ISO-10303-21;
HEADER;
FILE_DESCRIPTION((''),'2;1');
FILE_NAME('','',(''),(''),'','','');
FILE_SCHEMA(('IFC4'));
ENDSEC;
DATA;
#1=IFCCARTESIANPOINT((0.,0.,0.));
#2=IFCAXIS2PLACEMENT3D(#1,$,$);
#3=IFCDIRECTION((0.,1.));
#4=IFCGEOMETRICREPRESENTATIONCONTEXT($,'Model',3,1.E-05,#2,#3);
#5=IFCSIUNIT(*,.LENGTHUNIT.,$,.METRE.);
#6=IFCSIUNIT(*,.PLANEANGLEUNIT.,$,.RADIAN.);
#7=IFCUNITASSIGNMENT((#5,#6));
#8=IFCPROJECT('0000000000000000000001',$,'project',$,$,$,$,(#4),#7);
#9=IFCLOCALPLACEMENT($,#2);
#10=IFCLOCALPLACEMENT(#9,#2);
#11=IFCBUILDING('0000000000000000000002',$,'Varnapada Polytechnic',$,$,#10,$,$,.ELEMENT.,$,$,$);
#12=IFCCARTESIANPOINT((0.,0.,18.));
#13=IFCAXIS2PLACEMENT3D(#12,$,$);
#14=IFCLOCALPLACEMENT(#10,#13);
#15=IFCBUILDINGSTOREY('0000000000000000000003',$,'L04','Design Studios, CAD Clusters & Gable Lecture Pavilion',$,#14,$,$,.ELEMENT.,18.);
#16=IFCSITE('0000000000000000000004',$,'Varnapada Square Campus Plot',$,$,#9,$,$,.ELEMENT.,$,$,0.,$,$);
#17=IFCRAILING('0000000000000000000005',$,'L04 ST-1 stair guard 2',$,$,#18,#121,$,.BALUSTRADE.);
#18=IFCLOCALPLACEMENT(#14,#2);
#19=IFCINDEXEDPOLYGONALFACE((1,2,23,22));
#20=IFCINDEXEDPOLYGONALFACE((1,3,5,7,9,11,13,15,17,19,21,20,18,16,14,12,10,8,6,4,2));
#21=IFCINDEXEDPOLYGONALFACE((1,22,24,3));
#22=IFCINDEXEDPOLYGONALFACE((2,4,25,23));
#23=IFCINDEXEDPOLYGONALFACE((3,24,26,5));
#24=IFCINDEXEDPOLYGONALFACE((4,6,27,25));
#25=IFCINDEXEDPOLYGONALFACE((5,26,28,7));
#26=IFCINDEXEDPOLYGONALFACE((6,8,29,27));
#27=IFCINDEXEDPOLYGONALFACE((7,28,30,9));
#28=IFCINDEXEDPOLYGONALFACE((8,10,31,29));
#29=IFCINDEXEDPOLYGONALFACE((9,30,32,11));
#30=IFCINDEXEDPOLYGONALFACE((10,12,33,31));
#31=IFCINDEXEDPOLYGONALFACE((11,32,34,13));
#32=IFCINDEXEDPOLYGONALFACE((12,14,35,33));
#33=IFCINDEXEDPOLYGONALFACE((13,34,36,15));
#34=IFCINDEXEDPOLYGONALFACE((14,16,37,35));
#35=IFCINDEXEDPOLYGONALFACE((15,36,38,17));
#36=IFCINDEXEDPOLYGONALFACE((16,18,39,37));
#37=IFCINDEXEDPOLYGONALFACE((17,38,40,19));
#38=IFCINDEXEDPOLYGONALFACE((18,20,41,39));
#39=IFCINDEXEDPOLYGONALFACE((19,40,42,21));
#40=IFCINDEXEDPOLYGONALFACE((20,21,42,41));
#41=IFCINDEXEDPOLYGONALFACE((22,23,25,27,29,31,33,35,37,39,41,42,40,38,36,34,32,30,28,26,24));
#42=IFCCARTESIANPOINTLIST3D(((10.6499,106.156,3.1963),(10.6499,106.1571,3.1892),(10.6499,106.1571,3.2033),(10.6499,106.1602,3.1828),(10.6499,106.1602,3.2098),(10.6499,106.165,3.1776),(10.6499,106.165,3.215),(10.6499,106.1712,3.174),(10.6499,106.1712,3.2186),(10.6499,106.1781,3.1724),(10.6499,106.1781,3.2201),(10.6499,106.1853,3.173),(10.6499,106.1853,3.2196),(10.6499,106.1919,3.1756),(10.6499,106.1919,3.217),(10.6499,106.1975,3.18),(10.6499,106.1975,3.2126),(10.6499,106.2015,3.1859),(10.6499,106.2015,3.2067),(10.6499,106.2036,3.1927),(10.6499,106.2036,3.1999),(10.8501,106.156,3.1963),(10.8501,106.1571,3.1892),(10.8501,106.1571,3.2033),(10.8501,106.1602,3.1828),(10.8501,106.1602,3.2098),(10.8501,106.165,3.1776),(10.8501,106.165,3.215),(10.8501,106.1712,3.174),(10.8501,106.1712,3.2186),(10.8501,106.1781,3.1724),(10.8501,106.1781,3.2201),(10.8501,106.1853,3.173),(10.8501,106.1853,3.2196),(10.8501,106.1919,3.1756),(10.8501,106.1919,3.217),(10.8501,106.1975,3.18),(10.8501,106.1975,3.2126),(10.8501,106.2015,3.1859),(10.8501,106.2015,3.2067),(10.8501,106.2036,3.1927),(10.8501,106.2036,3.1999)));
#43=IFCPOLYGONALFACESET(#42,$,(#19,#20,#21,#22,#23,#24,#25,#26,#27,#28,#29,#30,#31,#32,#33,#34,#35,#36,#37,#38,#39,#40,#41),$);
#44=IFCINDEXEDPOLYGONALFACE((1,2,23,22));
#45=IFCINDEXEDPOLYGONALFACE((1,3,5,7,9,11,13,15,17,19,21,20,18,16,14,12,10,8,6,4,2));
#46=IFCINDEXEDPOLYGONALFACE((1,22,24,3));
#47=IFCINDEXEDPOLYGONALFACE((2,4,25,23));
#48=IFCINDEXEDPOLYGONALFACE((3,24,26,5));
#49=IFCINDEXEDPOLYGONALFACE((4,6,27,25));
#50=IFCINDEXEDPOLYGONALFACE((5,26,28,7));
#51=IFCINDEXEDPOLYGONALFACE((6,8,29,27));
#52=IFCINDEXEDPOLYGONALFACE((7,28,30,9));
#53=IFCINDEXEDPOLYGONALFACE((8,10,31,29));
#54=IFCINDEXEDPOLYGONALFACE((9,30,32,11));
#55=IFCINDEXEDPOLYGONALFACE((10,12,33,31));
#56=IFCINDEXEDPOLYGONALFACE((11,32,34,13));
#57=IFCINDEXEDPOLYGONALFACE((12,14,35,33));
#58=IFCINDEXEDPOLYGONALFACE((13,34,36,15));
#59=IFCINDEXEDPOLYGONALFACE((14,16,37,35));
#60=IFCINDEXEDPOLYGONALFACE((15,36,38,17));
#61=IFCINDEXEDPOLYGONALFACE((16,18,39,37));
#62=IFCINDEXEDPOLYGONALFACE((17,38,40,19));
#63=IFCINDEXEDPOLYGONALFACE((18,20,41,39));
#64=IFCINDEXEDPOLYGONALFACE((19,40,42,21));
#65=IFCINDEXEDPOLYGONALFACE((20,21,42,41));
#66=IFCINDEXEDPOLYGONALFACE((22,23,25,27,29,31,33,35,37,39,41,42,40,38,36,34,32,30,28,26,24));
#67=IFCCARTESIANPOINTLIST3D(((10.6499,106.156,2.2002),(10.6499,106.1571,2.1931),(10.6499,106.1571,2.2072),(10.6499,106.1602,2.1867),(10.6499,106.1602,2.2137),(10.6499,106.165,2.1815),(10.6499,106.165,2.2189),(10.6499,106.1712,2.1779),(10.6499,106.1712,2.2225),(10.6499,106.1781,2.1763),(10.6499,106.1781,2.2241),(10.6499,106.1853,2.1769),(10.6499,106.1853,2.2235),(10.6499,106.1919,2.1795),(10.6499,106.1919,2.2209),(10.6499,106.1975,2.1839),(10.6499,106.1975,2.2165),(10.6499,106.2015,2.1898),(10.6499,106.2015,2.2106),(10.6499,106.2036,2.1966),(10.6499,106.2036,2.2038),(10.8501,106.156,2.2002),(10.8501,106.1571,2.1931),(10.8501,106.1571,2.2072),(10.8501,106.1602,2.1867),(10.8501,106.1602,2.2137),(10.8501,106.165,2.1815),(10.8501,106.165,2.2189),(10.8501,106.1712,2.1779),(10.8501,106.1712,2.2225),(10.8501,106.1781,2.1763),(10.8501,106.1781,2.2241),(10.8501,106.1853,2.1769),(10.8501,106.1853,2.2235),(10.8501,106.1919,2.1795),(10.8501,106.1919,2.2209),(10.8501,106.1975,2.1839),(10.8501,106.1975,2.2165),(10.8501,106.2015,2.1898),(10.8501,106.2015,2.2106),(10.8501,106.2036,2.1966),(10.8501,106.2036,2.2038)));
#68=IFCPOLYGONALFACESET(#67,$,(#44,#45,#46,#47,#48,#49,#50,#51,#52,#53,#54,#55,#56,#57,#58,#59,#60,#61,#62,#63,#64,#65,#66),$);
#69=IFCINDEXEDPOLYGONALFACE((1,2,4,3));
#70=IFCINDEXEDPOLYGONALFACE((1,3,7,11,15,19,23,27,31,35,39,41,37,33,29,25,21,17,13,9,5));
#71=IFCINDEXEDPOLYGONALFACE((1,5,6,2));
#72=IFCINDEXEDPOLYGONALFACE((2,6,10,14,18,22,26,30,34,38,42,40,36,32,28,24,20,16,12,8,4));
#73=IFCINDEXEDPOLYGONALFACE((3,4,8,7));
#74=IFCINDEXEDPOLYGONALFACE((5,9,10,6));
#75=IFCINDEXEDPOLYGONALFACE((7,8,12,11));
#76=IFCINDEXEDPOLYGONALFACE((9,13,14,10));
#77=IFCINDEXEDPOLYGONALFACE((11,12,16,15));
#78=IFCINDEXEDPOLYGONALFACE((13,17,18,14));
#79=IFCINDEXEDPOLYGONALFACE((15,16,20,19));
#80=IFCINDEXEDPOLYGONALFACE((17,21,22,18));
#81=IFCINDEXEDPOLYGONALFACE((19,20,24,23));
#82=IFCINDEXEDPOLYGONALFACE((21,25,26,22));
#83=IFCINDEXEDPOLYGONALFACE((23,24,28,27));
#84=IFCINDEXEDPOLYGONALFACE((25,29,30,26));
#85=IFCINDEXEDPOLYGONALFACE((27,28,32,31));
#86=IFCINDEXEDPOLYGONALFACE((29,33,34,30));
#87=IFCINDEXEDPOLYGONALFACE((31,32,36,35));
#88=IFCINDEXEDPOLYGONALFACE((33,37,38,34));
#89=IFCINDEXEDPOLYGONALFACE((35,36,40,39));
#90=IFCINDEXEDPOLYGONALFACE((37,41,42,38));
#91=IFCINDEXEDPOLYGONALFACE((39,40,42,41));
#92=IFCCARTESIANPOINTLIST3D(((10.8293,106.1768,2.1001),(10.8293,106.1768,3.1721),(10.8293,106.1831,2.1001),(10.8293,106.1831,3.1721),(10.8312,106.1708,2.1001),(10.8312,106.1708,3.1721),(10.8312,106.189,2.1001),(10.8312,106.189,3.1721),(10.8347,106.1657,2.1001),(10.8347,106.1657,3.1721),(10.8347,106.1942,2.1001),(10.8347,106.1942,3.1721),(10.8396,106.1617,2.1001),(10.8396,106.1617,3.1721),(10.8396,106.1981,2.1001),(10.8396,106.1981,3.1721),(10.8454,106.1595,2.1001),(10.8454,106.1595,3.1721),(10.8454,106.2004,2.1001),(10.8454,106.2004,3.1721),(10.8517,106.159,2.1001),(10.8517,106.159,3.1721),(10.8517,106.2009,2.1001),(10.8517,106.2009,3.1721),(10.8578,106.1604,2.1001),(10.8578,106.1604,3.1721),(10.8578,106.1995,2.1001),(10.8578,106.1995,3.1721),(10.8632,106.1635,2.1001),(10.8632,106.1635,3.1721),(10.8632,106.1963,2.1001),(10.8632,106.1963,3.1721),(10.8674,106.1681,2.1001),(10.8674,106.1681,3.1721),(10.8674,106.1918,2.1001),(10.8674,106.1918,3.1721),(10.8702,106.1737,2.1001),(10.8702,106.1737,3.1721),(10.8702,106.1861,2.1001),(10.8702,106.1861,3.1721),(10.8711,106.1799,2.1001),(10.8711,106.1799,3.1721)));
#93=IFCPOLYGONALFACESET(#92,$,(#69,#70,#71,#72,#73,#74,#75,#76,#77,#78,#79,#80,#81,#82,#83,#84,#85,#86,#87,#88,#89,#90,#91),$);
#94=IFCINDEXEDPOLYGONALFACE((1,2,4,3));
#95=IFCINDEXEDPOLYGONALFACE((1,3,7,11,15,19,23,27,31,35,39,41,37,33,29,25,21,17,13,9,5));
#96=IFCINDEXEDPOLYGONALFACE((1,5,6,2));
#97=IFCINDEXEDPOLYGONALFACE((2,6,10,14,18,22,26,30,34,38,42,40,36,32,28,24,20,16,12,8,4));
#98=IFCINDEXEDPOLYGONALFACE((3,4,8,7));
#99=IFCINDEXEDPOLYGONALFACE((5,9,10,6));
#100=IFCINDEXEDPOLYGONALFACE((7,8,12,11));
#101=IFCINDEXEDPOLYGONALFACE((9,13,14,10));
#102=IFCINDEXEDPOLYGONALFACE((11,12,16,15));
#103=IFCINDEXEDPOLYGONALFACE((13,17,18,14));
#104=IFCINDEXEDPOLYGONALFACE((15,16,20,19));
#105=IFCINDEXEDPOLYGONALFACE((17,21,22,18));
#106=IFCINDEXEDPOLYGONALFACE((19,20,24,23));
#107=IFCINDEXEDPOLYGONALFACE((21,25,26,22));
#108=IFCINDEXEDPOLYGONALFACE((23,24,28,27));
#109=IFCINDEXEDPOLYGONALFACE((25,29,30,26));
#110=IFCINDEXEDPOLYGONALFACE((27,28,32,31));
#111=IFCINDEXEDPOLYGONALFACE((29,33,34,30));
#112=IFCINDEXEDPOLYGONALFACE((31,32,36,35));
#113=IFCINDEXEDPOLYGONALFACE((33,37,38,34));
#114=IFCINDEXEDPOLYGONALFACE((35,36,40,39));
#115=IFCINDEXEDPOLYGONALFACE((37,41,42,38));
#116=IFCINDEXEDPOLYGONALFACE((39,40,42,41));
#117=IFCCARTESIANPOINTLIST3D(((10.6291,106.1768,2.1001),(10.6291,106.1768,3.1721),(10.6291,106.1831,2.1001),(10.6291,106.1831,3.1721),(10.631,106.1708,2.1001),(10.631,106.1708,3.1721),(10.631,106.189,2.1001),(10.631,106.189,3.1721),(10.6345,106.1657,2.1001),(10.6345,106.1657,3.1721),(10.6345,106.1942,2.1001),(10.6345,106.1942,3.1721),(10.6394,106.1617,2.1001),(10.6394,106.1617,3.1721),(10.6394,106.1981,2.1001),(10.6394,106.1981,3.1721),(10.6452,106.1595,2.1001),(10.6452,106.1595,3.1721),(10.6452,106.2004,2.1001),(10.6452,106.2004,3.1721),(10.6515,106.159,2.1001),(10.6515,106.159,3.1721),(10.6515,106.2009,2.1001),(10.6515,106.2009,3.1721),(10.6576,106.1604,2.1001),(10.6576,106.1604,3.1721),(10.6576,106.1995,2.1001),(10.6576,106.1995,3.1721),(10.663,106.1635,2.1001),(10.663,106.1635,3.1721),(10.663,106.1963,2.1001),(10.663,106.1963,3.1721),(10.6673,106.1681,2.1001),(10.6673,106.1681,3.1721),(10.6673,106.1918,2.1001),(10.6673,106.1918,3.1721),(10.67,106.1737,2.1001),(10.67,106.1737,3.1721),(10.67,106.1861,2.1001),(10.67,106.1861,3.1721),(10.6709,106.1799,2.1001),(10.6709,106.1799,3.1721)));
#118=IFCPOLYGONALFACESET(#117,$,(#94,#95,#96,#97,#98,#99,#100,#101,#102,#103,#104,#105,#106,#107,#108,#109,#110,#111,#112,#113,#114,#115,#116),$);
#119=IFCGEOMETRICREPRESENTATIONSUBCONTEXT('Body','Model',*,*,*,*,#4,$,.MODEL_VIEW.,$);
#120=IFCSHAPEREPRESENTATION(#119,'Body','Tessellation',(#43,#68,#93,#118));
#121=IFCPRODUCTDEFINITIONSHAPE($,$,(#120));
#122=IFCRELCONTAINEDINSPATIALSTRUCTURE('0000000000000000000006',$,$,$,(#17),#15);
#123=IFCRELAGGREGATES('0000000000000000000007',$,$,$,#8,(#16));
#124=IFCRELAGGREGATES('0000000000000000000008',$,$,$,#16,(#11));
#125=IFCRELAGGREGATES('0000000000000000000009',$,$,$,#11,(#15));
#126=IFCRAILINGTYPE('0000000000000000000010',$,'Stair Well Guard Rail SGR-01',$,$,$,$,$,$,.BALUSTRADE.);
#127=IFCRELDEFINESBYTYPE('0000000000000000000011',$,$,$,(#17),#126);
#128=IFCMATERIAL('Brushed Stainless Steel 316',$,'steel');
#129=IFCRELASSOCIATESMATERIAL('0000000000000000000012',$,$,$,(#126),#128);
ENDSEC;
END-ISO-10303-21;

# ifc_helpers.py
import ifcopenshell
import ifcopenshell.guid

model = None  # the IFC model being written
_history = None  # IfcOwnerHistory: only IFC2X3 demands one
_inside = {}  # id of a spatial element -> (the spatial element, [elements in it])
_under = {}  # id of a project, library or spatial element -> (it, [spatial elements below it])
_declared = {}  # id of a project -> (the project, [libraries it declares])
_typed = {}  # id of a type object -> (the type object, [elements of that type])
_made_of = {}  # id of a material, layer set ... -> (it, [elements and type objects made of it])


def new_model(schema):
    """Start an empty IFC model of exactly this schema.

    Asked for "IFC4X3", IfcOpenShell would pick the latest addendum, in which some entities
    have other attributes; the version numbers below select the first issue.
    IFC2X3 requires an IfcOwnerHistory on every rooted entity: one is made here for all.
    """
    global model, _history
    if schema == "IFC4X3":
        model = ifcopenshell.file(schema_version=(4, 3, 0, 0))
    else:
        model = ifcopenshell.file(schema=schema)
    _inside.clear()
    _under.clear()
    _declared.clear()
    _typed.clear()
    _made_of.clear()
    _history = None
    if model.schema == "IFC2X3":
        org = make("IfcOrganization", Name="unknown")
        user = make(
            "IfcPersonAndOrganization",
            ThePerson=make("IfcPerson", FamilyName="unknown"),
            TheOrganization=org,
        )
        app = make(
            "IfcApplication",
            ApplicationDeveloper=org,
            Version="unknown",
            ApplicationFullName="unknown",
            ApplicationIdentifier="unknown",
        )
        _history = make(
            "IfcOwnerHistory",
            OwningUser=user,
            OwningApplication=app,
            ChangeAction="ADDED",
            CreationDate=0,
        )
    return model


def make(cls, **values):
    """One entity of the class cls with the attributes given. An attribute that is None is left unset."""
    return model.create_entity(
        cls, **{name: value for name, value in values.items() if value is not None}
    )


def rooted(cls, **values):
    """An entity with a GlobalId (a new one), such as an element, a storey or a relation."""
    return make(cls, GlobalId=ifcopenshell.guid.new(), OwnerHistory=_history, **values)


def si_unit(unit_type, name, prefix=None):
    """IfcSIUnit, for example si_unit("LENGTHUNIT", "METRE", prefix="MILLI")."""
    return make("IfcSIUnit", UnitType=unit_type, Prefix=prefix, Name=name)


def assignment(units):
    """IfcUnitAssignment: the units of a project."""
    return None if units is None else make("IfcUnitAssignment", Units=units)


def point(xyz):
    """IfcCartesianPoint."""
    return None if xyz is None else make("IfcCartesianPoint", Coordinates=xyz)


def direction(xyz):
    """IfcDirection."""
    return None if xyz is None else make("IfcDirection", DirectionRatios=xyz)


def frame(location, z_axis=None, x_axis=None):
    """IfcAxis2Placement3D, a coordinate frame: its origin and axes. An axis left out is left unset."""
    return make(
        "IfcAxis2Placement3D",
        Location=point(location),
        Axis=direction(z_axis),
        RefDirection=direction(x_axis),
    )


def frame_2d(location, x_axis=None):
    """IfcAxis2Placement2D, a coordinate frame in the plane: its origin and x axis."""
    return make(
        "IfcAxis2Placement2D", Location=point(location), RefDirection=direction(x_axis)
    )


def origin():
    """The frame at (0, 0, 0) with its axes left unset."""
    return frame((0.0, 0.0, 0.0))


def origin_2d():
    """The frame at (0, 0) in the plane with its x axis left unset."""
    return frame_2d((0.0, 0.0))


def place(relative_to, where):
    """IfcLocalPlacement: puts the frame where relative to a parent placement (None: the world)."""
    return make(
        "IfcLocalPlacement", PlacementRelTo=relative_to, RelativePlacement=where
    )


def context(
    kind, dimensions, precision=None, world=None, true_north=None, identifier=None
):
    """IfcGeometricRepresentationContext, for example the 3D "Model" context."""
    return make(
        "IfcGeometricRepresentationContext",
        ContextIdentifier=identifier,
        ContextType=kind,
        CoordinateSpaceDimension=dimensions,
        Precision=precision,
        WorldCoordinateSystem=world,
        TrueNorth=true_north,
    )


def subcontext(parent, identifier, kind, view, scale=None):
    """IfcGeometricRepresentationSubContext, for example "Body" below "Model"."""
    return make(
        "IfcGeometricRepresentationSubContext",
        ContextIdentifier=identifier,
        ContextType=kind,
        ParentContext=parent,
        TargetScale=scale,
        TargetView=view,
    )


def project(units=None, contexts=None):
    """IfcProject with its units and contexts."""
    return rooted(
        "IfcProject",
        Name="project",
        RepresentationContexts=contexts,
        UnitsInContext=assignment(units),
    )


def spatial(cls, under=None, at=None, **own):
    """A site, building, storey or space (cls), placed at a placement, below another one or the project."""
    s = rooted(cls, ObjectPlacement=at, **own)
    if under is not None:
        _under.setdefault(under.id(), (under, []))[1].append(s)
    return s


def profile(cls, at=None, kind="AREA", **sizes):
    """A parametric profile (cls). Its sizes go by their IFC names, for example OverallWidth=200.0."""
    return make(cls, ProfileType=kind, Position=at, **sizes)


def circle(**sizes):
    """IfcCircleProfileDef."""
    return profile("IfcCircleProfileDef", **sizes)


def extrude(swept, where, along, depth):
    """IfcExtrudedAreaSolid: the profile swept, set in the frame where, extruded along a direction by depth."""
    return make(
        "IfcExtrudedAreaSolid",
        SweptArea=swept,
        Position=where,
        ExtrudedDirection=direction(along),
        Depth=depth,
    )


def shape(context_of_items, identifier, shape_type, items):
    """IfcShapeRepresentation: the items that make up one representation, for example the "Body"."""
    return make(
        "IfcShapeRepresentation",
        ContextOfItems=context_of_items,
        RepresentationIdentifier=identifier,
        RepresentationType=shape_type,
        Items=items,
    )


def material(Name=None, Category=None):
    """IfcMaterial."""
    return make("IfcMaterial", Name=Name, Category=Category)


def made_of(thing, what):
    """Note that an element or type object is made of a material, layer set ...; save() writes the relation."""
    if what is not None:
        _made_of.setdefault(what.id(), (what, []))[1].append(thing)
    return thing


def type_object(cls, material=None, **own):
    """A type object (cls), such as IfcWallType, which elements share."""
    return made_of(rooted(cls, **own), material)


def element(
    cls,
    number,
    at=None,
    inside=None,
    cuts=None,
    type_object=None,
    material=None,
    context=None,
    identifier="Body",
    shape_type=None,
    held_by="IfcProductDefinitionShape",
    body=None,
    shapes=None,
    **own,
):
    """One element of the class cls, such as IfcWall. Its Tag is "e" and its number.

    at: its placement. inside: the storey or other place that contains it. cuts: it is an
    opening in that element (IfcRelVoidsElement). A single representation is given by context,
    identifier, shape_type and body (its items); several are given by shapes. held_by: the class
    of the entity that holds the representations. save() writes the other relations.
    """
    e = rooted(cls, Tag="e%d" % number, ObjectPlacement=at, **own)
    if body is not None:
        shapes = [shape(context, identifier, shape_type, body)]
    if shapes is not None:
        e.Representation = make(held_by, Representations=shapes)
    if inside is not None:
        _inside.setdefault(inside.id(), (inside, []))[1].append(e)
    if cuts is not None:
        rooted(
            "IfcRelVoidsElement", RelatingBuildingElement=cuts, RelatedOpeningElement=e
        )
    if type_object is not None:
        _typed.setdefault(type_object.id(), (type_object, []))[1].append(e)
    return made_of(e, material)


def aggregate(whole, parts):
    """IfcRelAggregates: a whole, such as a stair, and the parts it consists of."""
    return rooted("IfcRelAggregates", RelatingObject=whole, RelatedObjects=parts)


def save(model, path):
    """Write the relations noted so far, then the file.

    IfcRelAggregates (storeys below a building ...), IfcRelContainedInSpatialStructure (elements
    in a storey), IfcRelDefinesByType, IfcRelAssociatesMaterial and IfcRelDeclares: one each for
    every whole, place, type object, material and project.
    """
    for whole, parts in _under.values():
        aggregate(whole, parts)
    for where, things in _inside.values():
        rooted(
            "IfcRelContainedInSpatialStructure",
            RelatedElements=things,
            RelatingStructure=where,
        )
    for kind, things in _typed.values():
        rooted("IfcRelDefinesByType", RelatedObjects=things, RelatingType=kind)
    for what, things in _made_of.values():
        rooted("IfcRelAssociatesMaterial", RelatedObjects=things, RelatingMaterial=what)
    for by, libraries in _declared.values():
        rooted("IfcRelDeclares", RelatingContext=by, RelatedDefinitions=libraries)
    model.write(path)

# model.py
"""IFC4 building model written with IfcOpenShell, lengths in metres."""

from ifc_helpers import new_model, si_unit, direction, frame, origin, origin_2d, place, context, subcontext, project, spatial, circle, extrude, material, type_object, element, save


model = new_model("IFC4")

# Units and contexts
model_context = context("Model", 3, precision=1e-05, world=origin(), true_north=direction((0.0, 1.0)))
body_context = subcontext(model_context, "Body", "Model", "MODEL_VIEW")
ifc_project = project(units=[si_unit("LENGTHUNIT", "METRE"), si_unit("PLANEANGLEUNIT", "RADIAN")], contexts=[model_context])

# Site, building, storey
site_placement = place(None, origin())
site = spatial("IfcSite", under=ifc_project, at=site_placement, Name="Varnapada Square Campus Plot", CompositionType="ELEMENT", RefElevation=0.0)
building_placement = place(site_placement, origin())
building = spatial("IfcBuilding", under=site, at=building_placement, Name="Varnapada Polytechnic", CompositionType="ELEMENT")
storey_placement = place(building_placement, frame((0.0, 0.0, 18.0)))
storey = spatial("IfcBuildingStorey", under=building, at=storey_placement, Name="L04", Description="Design Studios, CAD Clusters & Gable Lecture Pavilion", CompositionType="ELEMENT", Elevation=18.0)

# Shared definitions
ifc_material_1 = material(Name="Brushed Stainless Steel 316", Category="steel")

# Railing
railing_type_1 = type_object("IfcRailingType", Name="Stair Well Guard Rail SGR-01", PredefinedType="BALUSTRADE", material=ifc_material_1)
railing_1_placement = place(storey_placement, frame((10.8501, 106.1799, 2.1001)))
element("IfcRailing", 1, at=railing_1_placement, inside=storey, type_object=railing_type_1, Name="L04 ST-1 stair guard 2", PredefinedType="BALUSTRADE", context=body_context, shape_type="SweptSolid", body=[
    extrude(circle(Radius=0.0239, at=origin_2d()), frame((0.0, 0.0, 1.0962), z_axis=(-1.0, 0.0, 0.0), x_axis=(0.0, -1.0, 0.0)), (0.0, 0.0, 1.0), 0.2002),
    extrude(circle(Radius=0.0239, at=origin_2d()), frame((0.0, 0.0, 0.1001), z_axis=(-1.0, 0.0, 0.0), x_axis=(0.0, -1.0, 0.0)), (0.0, 0.0, 1.0), 0.2002),
    extrude(circle(Radius=0.021, at=origin_2d()), origin(), (0.0, 0.0, 1.0), 1.072),
    extrude(circle(Radius=0.021, at=origin_2d()), frame((-0.2002, 0.0, 0.0)), (0.0, 0.0, 1.0), 1.072),
])

save(model, "model.ifc")
